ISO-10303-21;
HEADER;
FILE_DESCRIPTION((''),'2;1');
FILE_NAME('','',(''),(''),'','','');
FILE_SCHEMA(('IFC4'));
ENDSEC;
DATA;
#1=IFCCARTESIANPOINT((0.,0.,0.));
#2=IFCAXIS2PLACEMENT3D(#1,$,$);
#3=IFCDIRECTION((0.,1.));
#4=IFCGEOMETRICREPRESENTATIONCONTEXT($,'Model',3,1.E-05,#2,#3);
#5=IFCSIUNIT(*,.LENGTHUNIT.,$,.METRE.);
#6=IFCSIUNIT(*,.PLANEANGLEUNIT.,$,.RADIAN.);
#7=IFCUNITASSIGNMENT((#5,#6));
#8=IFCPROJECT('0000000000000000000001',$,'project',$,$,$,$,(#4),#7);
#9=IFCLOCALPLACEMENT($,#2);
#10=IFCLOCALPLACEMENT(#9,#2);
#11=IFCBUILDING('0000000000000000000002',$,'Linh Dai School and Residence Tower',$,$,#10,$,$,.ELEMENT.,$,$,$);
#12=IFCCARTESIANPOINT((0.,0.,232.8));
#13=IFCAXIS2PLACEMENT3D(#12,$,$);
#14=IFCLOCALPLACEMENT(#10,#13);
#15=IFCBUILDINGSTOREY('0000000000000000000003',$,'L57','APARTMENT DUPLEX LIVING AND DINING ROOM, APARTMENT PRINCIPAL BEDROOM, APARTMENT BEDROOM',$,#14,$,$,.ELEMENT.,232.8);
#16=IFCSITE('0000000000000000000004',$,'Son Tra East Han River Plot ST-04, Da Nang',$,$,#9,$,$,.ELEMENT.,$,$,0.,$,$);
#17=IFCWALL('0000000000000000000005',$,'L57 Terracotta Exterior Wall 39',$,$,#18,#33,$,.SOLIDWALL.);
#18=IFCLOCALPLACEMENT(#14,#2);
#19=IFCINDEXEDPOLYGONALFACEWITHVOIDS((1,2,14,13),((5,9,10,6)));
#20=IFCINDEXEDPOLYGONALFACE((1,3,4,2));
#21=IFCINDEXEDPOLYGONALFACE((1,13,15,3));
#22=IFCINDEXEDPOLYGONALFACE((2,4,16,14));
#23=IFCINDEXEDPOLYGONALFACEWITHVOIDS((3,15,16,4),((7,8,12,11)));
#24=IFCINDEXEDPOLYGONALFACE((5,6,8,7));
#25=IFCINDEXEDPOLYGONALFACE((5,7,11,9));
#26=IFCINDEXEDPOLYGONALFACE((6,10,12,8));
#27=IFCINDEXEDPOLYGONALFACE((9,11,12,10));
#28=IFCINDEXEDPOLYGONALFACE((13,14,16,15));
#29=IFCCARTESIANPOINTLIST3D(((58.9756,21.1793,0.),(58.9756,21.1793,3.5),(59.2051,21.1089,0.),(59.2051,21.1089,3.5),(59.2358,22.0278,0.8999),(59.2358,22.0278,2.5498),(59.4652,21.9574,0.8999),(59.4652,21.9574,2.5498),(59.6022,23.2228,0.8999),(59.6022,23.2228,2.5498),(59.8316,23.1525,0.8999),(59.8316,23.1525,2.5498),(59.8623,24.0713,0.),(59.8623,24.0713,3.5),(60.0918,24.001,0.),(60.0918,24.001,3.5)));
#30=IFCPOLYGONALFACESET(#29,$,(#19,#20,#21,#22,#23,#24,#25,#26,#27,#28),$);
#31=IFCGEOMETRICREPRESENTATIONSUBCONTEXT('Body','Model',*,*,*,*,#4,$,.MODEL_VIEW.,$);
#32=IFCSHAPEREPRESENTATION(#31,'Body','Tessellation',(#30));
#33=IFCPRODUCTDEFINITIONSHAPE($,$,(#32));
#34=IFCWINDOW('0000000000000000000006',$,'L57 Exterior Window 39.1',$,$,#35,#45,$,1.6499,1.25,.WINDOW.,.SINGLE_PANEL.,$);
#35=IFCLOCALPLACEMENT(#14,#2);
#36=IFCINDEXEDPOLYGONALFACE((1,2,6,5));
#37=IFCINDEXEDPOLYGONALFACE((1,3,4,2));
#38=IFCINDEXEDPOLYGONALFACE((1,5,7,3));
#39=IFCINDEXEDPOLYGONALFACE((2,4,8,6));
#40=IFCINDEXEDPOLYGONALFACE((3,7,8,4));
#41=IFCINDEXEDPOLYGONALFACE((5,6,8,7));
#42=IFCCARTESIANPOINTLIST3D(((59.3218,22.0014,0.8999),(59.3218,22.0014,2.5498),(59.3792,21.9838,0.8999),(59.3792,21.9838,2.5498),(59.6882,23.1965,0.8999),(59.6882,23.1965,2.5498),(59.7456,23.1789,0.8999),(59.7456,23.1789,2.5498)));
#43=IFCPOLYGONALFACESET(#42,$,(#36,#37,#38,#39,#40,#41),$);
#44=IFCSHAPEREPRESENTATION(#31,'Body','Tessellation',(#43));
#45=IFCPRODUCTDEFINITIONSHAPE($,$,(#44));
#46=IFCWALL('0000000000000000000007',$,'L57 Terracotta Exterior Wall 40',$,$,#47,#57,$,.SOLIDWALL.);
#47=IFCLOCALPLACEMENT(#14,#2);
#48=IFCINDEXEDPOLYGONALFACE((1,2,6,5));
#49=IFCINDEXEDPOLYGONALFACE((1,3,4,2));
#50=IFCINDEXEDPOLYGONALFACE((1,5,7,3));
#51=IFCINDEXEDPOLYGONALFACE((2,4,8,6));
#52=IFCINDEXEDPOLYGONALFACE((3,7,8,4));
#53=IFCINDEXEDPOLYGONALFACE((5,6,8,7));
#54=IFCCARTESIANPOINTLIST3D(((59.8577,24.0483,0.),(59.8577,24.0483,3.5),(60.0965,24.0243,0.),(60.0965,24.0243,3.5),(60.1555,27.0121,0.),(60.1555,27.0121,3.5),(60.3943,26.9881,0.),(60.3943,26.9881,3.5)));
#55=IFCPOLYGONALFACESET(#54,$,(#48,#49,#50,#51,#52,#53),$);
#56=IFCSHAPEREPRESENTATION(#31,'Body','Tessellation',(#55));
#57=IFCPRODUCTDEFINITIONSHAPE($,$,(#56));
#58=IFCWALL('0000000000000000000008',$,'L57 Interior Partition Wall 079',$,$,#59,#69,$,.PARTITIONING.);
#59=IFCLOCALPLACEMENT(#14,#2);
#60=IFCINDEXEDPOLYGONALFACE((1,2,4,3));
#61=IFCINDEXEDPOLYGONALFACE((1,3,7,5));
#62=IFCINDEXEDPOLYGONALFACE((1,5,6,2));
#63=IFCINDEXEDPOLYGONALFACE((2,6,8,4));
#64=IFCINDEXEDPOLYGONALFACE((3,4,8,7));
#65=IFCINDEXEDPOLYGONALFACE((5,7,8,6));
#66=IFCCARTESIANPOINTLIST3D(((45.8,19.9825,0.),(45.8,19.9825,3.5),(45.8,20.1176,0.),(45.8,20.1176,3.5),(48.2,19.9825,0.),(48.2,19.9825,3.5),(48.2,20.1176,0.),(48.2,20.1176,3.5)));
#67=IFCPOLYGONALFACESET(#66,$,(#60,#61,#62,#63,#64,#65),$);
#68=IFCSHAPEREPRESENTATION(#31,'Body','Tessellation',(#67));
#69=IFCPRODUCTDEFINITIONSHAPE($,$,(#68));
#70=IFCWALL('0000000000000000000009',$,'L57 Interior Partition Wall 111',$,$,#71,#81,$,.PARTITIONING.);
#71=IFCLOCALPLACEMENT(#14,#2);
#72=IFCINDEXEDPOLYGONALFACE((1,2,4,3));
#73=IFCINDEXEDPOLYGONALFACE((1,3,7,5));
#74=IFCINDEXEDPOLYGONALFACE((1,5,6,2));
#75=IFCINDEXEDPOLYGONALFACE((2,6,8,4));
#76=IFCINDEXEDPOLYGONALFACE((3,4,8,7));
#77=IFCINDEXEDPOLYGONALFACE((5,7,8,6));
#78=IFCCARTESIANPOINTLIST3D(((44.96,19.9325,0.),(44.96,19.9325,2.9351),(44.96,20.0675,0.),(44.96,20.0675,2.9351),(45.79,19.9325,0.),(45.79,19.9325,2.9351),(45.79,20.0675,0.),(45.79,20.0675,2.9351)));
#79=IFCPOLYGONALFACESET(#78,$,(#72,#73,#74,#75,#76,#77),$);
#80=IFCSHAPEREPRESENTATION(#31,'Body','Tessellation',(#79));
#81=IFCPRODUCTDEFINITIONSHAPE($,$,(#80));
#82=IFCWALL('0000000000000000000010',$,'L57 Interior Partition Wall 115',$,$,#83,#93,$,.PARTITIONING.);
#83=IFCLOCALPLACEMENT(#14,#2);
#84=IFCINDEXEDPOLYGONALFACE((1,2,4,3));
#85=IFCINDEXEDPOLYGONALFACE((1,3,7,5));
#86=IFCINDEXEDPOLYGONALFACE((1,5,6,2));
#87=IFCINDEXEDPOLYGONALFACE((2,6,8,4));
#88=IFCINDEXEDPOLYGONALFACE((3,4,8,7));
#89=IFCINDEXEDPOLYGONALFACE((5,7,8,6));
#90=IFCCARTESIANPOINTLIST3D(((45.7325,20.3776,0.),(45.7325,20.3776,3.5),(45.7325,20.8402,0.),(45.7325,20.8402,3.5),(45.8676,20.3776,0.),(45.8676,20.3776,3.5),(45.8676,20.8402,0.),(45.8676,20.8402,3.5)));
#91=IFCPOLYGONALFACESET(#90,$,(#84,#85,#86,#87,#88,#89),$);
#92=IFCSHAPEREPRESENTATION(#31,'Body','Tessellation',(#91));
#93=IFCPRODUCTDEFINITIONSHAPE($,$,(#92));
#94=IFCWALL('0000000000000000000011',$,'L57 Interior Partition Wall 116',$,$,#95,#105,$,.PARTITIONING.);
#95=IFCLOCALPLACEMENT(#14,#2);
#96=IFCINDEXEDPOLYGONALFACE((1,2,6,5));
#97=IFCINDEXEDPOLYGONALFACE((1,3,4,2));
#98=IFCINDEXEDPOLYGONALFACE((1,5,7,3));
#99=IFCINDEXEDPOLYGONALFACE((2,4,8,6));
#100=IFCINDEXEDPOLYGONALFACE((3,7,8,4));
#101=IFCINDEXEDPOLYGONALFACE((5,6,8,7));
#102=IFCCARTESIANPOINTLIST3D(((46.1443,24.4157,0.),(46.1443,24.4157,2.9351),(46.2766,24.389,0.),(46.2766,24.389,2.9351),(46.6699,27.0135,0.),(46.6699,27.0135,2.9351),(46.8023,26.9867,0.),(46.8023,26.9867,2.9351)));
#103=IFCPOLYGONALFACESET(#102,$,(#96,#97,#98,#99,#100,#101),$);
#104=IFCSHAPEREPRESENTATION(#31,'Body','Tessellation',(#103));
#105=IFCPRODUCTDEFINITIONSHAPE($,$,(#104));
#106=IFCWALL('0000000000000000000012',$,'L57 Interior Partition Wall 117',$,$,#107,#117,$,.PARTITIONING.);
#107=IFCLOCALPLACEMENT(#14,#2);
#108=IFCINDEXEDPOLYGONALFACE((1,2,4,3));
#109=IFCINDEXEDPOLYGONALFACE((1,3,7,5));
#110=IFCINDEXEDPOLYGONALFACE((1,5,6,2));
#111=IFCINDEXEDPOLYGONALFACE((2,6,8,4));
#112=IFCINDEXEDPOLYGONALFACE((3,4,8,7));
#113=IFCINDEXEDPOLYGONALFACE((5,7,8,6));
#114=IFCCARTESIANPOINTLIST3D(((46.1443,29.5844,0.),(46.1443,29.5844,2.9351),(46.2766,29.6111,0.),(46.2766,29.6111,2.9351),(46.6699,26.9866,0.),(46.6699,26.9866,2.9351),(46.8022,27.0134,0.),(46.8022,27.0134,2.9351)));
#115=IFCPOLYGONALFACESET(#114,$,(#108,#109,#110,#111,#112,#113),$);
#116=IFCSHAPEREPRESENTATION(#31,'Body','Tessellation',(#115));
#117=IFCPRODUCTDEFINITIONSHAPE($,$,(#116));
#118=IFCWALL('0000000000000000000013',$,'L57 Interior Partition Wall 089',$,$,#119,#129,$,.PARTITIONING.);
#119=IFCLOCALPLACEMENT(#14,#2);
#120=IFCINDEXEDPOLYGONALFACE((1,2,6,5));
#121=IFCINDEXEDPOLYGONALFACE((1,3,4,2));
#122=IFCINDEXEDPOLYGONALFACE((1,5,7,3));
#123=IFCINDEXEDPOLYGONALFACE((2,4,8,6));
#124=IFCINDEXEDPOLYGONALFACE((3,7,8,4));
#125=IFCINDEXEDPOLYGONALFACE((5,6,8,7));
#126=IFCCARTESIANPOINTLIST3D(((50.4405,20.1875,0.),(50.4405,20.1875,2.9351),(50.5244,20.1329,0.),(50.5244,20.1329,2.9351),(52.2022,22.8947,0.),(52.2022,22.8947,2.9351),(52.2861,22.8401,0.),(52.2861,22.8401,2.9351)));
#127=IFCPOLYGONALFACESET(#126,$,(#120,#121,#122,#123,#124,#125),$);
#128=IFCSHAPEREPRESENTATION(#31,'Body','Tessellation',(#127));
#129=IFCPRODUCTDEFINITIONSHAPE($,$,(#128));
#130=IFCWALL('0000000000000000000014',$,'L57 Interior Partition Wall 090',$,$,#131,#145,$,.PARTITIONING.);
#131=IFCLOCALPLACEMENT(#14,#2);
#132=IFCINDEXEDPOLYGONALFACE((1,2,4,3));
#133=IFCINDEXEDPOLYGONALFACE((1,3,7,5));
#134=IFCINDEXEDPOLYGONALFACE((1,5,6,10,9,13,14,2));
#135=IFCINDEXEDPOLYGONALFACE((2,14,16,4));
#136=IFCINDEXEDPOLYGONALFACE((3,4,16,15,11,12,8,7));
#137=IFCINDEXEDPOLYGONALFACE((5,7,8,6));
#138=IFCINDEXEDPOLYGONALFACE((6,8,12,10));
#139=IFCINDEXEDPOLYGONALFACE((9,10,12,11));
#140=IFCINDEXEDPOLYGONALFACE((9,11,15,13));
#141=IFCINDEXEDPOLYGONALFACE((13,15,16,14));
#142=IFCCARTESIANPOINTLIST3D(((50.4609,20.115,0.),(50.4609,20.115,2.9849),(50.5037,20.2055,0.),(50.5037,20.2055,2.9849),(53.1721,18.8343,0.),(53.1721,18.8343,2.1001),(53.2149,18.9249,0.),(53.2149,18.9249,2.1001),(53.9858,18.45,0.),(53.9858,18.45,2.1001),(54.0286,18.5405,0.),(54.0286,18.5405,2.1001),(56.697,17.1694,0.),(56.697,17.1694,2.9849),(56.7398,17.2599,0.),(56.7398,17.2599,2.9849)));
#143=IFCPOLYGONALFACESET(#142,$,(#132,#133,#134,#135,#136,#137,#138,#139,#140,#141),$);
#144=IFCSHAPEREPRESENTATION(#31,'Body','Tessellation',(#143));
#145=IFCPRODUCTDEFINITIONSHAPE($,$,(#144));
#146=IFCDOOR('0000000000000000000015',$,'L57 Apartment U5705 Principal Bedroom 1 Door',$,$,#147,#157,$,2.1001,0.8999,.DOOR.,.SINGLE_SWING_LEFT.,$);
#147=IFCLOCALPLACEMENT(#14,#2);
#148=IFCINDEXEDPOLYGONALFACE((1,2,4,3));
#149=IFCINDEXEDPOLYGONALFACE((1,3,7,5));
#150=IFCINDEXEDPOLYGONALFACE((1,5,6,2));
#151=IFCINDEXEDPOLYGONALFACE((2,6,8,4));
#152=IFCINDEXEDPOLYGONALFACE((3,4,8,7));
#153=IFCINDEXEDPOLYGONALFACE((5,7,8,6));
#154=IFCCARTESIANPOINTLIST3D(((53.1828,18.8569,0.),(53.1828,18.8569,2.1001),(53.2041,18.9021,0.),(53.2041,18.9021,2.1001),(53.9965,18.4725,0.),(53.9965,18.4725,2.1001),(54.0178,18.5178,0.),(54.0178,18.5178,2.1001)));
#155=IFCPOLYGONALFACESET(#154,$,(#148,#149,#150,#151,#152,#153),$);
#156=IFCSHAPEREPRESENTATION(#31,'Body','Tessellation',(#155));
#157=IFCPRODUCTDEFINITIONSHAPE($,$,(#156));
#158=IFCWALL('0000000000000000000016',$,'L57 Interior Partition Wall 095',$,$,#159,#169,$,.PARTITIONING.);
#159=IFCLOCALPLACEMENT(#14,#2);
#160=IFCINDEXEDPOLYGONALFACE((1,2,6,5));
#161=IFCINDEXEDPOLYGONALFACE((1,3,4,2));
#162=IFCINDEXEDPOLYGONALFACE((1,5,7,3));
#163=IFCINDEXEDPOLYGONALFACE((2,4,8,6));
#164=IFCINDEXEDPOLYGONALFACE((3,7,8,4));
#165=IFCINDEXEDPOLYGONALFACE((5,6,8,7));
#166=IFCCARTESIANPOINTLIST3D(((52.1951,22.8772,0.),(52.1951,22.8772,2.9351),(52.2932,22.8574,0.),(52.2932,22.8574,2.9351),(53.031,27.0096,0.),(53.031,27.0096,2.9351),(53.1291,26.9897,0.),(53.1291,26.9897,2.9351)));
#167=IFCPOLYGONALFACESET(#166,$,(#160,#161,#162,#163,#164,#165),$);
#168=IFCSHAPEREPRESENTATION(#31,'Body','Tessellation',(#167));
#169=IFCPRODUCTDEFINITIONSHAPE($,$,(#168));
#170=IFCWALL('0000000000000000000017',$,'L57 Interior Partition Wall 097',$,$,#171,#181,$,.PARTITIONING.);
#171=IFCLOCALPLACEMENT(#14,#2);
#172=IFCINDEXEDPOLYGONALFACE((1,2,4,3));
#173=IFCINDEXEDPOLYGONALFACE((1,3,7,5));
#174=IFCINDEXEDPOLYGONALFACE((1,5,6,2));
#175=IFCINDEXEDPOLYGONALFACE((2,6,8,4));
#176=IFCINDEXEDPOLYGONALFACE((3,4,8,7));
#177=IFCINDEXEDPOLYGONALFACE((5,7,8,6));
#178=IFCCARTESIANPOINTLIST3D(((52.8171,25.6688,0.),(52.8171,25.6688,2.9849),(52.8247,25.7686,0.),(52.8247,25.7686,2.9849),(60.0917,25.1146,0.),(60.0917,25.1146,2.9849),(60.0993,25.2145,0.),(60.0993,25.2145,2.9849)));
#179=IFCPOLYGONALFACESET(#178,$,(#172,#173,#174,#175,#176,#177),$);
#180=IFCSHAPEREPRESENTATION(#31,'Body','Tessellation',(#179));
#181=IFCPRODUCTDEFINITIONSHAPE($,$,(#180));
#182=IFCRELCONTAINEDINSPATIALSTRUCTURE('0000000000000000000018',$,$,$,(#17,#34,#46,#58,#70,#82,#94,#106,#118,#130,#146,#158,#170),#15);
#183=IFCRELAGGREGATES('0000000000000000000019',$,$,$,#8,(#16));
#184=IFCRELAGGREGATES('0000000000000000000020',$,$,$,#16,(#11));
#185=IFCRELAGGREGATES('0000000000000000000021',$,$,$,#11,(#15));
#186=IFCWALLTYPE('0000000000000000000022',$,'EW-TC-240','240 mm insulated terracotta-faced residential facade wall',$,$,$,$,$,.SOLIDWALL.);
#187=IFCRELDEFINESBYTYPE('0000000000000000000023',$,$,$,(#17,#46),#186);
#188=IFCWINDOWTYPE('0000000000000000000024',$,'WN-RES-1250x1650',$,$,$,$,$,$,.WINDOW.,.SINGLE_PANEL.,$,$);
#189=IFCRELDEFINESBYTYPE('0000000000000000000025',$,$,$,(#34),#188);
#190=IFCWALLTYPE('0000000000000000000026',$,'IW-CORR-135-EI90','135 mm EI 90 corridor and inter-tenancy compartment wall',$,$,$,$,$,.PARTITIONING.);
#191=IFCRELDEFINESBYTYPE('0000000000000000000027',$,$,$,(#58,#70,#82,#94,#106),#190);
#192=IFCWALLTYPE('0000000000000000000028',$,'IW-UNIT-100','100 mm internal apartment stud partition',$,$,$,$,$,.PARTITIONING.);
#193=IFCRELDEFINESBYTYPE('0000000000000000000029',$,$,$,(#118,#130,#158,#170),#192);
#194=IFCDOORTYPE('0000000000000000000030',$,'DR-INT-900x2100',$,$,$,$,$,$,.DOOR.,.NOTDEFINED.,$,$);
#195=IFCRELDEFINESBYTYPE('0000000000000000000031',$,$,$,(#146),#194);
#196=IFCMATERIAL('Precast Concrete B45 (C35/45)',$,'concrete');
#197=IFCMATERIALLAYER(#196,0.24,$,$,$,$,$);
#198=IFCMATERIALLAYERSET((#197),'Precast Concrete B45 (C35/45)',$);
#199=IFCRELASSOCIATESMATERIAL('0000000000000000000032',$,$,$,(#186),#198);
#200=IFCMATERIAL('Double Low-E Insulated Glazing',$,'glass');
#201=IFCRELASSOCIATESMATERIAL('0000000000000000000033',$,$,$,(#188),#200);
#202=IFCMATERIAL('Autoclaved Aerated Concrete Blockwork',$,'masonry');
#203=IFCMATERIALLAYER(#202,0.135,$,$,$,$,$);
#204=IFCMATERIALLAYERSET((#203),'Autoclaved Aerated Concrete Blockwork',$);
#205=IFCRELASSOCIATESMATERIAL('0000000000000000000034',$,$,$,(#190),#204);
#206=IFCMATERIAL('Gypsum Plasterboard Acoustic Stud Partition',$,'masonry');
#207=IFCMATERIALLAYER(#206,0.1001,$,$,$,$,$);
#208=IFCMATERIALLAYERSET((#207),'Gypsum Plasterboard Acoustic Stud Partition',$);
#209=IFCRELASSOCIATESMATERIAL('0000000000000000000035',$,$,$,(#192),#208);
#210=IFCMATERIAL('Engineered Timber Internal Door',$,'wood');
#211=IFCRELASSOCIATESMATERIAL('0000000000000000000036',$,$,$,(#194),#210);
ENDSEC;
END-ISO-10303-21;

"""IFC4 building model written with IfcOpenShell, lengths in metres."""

from ifc_helpers import new_model, si_unit, direction, frame, frame_2d, origin, origin_2d, place, context, subcontext, project, spatial, rectangle, extrude, source, transform, mapped, material, layer, layer_set, type_object, element, fill, save


model = new_model("IFC4")

# Units and contexts
model_context = context("Model", 3, precision=1e-05, world=origin(), true_north=direction((0.0, 1.0)))
body_context = subcontext(model_context, "Body", "Model", "MODEL_VIEW")
ifc_project = project(units=[si_unit("LENGTHUNIT", "METRE"), si_unit("PLANEANGLEUNIT", "RADIAN")], contexts=[model_context])

# Site, building, storey
site_placement = place(None, origin())
site = spatial("IfcSite", under=ifc_project, at=site_placement, Name="Son Tra East Han River Plot ST-04, Da Nang", CompositionType="ELEMENT", RefElevation=0.0)
building_placement = place(site_placement, origin())
building = spatial("IfcBuilding", under=site, at=building_placement, Name="Linh Dai School and Residence Tower", CompositionType="ELEMENT")
storey_placement = place(building_placement, frame((0.0, 0.0, 232.8)))
storey = spatial("IfcBuildingStorey", under=building, at=storey_placement, Name="L57", Description="APARTMENT DUPLEX LIVING AND DINING ROOM, APARTMENT PRINCIPAL BEDROOM, APARTMENT BEDROOM", CompositionType="ELEMENT", Elevation=232.8)

# Shared definitions
ifc_material_1 = material(Name="Precast Concrete B45 (C35/45)", Category="concrete")
ifc_layer_1 = layer(ifc_material_1, 0.24)
ifc_layer_set_1 = layer_set([ifc_layer_1], Name="Precast Concrete B45 (C35/45)")
wall_type_1 = type_object("IfcWallType", Name="EW-TC-240", Description="240 mm insulated terracotta-faced residential facade wall", PredefinedType="SOLIDWALL", material=ifc_layer_set_1)

# Wall, opening, window
wall_1_placement = place(storey_placement, frame((59.9771, 24.0361, 0.0), z_axis=(0.0, 0.0, 1.0), x_axis=(-0.293133, -0.956072, 0.0)))
wall_1 = element("IfcWall", 1, at=wall_1_placement, inside=storey, type_object=wall_type_1, Name="L57 Terracotta Exterior Wall 39", PredefinedType="SOLIDWALL", context=body_context, shape_type="SweptSolid", body=[
    extrude(rectangle(XDim=3.0249, YDim=0.24, at=frame_2d((1.5125, 0.0))), origin(), (0.0, 0.0, 1.0), 3.5),
])
opening_1_placement = place(wall_1_placement, frame((0.8875, 0.0, 0.8999)))
opening_1 = element("IfcOpeningElement", 2, at=opening_1_placement, cuts=wall_1, PredefinedType="OPENING", context=body_context, shape_type="SweptSolid", body=[
    extrude(rectangle(XDim=1.25, YDim=1.6499, at=origin_2d()), frame((0.625, 0.1299, 0.825), z_axis=(0.0, -1.0, 0.0), x_axis=(1.0, 0.0, 0.0)), (0.0, 0.0, 1.0), 0.26),
])
ifc_material_2 = material(Name="Double Low-E Insulated Glazing", Category="glass")
window_type = type_object("IfcWindowType", Name="WN-RES-1250x1650", PartitioningType="SINGLE_PANEL", PredefinedType="WINDOW", material=ifc_material_2)
shared_shape_1 = source(origin(), body_context, "Body", "SweptSolid", [
    extrude(rectangle(XDim=1.25, YDim=1.6499, at=origin_2d()), frame((0.625, 0.03, 0.825), z_axis=(0.0, -1.0, 0.0), x_axis=(1.0, 0.0, 0.0)), (0.0, 0.0, 1.0), 0.0601),
])
window_placement = place(opening_1_placement, origin())
window = element("IfcWindow", 3, at=window_placement, inside=storey, type_object=window_type, Name="L57 Exterior Window 39.1", OverallHeight=1.6499, OverallWidth=1.25, PartitioningType="SINGLE_PANEL", PredefinedType="WINDOW", context=body_context, shape_type="MappedRepresentation", body=[
    mapped(shared_shape_1, transform((0.0, 0.0, 0.0), x_axis=(1.0, 0.0, 0.0), y_axis=(0.0, 1.0, 0.0), z_axis=(0.0, 0.0, 1.0), scale=1.0)),
])
fill(opening_1, window)

# Walls
wall_2_placement = place(storey_placement, frame((60.2749, 27.0, 0.0), z_axis=(0.0, 0.0, 1.0), x_axis=(-0.099991, -0.994988, 0.0)))
element("IfcWall", 4, at=wall_2_placement, inside=storey, type_object=wall_type_1, Name="L57 Terracotta Exterior Wall 40", PredefinedType="SOLIDWALL", context=body_context, shape_type="SweptSolid", body=[
    extrude(rectangle(XDim=2.9788, YDim=0.24, at=frame_2d((1.4893, 0.0))), origin(), (0.0, 0.0, 1.0), 3.5),
])
ifc_material_3 = material(Name="Autoclaved Aerated Concrete Blockwork", Category="masonry")
ifc_layer_2 = layer(ifc_material_3, 0.135)
ifc_layer_set_2 = layer_set([ifc_layer_2], Name="Autoclaved Aerated Concrete Blockwork")
wall_type_2 = type_object("IfcWallType", Name="IW-CORR-135-EI90", Description="135 mm EI 90 corridor and inter-tenancy compartment wall", PredefinedType="PARTITIONING", material=ifc_layer_set_2)
wall_3_placement = place(storey_placement, frame((45.8, 20.05, 0.0), z_axis=(0.0, 0.0, 1.0), x_axis=(1.0, 0.0, 0.0)))
element("IfcWall", 5, at=wall_3_placement, inside=storey, type_object=wall_type_2, Name="L57 Interior Partition Wall 079", PredefinedType="PARTITIONING", context=body_context, shape_type="SweptSolid", body=[
    extrude(rectangle(XDim=2.3999, YDim=0.135, at=frame_2d((1.2, 0.0))), origin(), (0.0, 0.0, 1.0), 3.5),
])
wall_4_placement = place(storey_placement, frame((44.96, 20.0, 0.0), z_axis=(0.0, 0.0, 1.0), x_axis=(1.0, 0.0, 0.0)))
element("IfcWall", 6, at=wall_4_placement, inside=storey, type_object=wall_type_2, Name="L57 Interior Partition Wall 111", PredefinedType="PARTITIONING", context=body_context, shape_type="SweptSolid", body=[
    extrude(rectangle(XDim=0.8301, YDim=0.135, at=frame_2d((0.415, 0.0))), origin(), (0.0, 0.0, 1.0), 2.9351),
])
wall_5_placement = place(storey_placement, frame((45.8, 20.3774, 0.0), z_axis=(0.0, 0.0, 1.0), x_axis=(0.0, 1.0, 0.0)))
element("IfcWall", 7, at=wall_5_placement, inside=storey, type_object=wall_type_2, Name="L57 Interior Partition Wall 115", PredefinedType="PARTITIONING", context=body_context, shape_type="SweptSolid", body=[
    extrude(rectangle(XDim=0.4626, YDim=0.135, at=frame_2d((0.2314, 0.0))), origin(), (0.0, 0.0, 1.0), 3.5),
])
for number, where, z_axis, x_axis, name in (
    (8, (46.2104, 24.4023, 0.0), (0.0, 0.0, 1.0), (0.19833, 0.980135, 0.0), "L57 Interior Partition Wall 116"),
    (9, (46.7361, 27.0, 0.0), (0.0, 0.0, 1.0), (-0.19833, 0.980135, 0.0), "L57 Interior Partition Wall 117"),
):
    element("IfcWall", number, at=place(storey_placement, frame(where, z_axis=z_axis, x_axis=x_axis)), inside=storey, type_object=wall_type_2, Name=name, PredefinedType="PARTITIONING", context=body_context, shape_type="SweptSolid", body=[
        extrude(rectangle(XDim=2.6504, YDim=0.135, at=frame_2d((1.3252, 0.0))), origin(), (0.0, 0.0, 1.0), 2.9351),
    ])
ifc_material_4 = material(Name="Gypsum Plasterboard Acoustic Stud Partition", Category="masonry")
ifc_layer_3 = layer(ifc_material_4, 0.1001)
ifc_layer_set_3 = layer_set([ifc_layer_3], Name="Gypsum Plasterboard Acoustic Stud Partition")
wall_type_3 = type_object("IfcWallType", Name="IW-UNIT-100", Description="100 mm internal apartment stud partition", PredefinedType="PARTITIONING", material=ifc_layer_set_3)
wall_6_placement = place(storey_placement, frame((50.4824, 20.1602, 0.0), z_axis=(0.0, 0.0, 1.0), x_axis=(0.545421, 0.838162, 0.0)))
element("IfcWall", 10, at=wall_6_placement, inside=storey, type_object=wall_type_3, Name="L57 Interior Partition Wall 089", PredefinedType="PARTITIONING", context=body_context, shape_type="SweptSolid", body=[
    extrude(rectangle(XDim=3.23, YDim=0.1001, at=frame_2d((1.615, 0.0))), origin(), (0.0, 0.0, 1.0), 2.9351),
])

# Wall, opening, door
wall_7_placement = place(storey_placement, frame((50.4824, 20.1602, 0.0), z_axis=(0.0, 0.0, 1.0), x_axis=(0.904207, -0.427094, 0.0)))
wall_7 = element("IfcWall", 11, at=wall_7_placement, inside=storey, type_object=wall_type_3, Name="L57 Interior Partition Wall 090", PredefinedType="PARTITIONING", context=body_context, shape_type="SweptSolid", body=[
    extrude(rectangle(XDim=6.8967, YDim=0.1001, at=frame_2d((3.4482, 0.0))), origin(), (0.0, 0.0, 1.0), 2.9849),
])
opening_2_placement = place(wall_7_placement, frame((2.9983, 0.0, 0.0)))
opening_2 = element("IfcOpeningElement", 12, at=opening_2_placement, cuts=wall_7, PredefinedType="OPENING", context=body_context, shape_type="SweptSolid", body=[
    extrude(rectangle(XDim=0.8999, YDim=2.1001, at=origin_2d()), frame((0.45, 0.0601, 1.05), z_axis=(0.0, -1.0, 0.0), x_axis=(1.0, 0.0, 0.0)), (0.0, 0.0, 1.0), 0.1201),
])
ifc_material_5 = material(Name="Engineered Timber Internal Door", Category="wood")
door_type_1 = type_object("IfcDoorType", Name="DR-INT-900x2100", OperationType="NOTDEFINED", PredefinedType="DOOR", material=ifc_material_5)
shared_shape_2 = source(origin(), body_context, "Body", "SweptSolid", [
    extrude(rectangle(XDim=0.8999, YDim=2.1001, at=origin_2d()), frame((0.45, 0.0249, 1.05), z_axis=(0.0, -1.0, 0.0), x_axis=(1.0, 0.0, 0.0)), (0.0, 0.0, 1.0), 0.05),
])
door_1_placement = place(opening_2_placement, origin())
door_1 = element("IfcDoor", 13, at=door_1_placement, inside=storey, type_object=door_type_1, Name="L57 Apartment U5705 Principal Bedroom 1 Door", OperationType="SINGLE_SWING_LEFT", OverallHeight=2.1001, OverallWidth=0.8999, PredefinedType="DOOR", context=body_context, shape_type="MappedRepresentation", body=[
    mapped(shared_shape_2, transform((0.0, 0.0, 0.0), x_axis=(1.0, 0.0, 0.0), y_axis=(0.0, 1.0, 0.0), z_axis=(0.0, 0.0, 1.0), scale=1.0)),
])
fill(opening_2, door_1)

# Walls
wall_8_placement = place(storey_placement, frame((52.2441, 22.8674, 0.0), z_axis=(0.0, 0.0, 1.0), x_axis=(0.198276, 0.980146, 0.0)))
element("IfcWall", 14, at=wall_8_placement, inside=storey, type_object=wall_type_3, Name="L57 Interior Partition Wall 095", PredefinedType="PARTITIONING", context=body_context, shape_type="SweptSolid", body=[
    extrude(rectangle(XDim=4.2161, YDim=0.1001, at=frame_2d((2.1079, 0.0))), origin(), (0.0, 0.0, 1.0), 2.9351),
])
wall_9_placement = place(storey_placement, frame((52.8208, 25.7188, 0.0), z_axis=(0.0, 0.0, 1.0), x_axis=(0.997111, -0.075962, 0.0)))
element("IfcWall", 15, at=wall_9_placement, inside=storey, type_object=wall_type_3, Name="L57 Interior Partition Wall 097", PredefinedType="PARTITIONING", context=body_context, shape_type="SweptSolid", body=[
    extrude(rectangle(XDim=7.2957, YDim=0.1001, at=frame_2d((3.6479, 0.0))), origin(), (0.0, 0.0, 1.0), 2.9849),
])

save(model, "model.ifc")
